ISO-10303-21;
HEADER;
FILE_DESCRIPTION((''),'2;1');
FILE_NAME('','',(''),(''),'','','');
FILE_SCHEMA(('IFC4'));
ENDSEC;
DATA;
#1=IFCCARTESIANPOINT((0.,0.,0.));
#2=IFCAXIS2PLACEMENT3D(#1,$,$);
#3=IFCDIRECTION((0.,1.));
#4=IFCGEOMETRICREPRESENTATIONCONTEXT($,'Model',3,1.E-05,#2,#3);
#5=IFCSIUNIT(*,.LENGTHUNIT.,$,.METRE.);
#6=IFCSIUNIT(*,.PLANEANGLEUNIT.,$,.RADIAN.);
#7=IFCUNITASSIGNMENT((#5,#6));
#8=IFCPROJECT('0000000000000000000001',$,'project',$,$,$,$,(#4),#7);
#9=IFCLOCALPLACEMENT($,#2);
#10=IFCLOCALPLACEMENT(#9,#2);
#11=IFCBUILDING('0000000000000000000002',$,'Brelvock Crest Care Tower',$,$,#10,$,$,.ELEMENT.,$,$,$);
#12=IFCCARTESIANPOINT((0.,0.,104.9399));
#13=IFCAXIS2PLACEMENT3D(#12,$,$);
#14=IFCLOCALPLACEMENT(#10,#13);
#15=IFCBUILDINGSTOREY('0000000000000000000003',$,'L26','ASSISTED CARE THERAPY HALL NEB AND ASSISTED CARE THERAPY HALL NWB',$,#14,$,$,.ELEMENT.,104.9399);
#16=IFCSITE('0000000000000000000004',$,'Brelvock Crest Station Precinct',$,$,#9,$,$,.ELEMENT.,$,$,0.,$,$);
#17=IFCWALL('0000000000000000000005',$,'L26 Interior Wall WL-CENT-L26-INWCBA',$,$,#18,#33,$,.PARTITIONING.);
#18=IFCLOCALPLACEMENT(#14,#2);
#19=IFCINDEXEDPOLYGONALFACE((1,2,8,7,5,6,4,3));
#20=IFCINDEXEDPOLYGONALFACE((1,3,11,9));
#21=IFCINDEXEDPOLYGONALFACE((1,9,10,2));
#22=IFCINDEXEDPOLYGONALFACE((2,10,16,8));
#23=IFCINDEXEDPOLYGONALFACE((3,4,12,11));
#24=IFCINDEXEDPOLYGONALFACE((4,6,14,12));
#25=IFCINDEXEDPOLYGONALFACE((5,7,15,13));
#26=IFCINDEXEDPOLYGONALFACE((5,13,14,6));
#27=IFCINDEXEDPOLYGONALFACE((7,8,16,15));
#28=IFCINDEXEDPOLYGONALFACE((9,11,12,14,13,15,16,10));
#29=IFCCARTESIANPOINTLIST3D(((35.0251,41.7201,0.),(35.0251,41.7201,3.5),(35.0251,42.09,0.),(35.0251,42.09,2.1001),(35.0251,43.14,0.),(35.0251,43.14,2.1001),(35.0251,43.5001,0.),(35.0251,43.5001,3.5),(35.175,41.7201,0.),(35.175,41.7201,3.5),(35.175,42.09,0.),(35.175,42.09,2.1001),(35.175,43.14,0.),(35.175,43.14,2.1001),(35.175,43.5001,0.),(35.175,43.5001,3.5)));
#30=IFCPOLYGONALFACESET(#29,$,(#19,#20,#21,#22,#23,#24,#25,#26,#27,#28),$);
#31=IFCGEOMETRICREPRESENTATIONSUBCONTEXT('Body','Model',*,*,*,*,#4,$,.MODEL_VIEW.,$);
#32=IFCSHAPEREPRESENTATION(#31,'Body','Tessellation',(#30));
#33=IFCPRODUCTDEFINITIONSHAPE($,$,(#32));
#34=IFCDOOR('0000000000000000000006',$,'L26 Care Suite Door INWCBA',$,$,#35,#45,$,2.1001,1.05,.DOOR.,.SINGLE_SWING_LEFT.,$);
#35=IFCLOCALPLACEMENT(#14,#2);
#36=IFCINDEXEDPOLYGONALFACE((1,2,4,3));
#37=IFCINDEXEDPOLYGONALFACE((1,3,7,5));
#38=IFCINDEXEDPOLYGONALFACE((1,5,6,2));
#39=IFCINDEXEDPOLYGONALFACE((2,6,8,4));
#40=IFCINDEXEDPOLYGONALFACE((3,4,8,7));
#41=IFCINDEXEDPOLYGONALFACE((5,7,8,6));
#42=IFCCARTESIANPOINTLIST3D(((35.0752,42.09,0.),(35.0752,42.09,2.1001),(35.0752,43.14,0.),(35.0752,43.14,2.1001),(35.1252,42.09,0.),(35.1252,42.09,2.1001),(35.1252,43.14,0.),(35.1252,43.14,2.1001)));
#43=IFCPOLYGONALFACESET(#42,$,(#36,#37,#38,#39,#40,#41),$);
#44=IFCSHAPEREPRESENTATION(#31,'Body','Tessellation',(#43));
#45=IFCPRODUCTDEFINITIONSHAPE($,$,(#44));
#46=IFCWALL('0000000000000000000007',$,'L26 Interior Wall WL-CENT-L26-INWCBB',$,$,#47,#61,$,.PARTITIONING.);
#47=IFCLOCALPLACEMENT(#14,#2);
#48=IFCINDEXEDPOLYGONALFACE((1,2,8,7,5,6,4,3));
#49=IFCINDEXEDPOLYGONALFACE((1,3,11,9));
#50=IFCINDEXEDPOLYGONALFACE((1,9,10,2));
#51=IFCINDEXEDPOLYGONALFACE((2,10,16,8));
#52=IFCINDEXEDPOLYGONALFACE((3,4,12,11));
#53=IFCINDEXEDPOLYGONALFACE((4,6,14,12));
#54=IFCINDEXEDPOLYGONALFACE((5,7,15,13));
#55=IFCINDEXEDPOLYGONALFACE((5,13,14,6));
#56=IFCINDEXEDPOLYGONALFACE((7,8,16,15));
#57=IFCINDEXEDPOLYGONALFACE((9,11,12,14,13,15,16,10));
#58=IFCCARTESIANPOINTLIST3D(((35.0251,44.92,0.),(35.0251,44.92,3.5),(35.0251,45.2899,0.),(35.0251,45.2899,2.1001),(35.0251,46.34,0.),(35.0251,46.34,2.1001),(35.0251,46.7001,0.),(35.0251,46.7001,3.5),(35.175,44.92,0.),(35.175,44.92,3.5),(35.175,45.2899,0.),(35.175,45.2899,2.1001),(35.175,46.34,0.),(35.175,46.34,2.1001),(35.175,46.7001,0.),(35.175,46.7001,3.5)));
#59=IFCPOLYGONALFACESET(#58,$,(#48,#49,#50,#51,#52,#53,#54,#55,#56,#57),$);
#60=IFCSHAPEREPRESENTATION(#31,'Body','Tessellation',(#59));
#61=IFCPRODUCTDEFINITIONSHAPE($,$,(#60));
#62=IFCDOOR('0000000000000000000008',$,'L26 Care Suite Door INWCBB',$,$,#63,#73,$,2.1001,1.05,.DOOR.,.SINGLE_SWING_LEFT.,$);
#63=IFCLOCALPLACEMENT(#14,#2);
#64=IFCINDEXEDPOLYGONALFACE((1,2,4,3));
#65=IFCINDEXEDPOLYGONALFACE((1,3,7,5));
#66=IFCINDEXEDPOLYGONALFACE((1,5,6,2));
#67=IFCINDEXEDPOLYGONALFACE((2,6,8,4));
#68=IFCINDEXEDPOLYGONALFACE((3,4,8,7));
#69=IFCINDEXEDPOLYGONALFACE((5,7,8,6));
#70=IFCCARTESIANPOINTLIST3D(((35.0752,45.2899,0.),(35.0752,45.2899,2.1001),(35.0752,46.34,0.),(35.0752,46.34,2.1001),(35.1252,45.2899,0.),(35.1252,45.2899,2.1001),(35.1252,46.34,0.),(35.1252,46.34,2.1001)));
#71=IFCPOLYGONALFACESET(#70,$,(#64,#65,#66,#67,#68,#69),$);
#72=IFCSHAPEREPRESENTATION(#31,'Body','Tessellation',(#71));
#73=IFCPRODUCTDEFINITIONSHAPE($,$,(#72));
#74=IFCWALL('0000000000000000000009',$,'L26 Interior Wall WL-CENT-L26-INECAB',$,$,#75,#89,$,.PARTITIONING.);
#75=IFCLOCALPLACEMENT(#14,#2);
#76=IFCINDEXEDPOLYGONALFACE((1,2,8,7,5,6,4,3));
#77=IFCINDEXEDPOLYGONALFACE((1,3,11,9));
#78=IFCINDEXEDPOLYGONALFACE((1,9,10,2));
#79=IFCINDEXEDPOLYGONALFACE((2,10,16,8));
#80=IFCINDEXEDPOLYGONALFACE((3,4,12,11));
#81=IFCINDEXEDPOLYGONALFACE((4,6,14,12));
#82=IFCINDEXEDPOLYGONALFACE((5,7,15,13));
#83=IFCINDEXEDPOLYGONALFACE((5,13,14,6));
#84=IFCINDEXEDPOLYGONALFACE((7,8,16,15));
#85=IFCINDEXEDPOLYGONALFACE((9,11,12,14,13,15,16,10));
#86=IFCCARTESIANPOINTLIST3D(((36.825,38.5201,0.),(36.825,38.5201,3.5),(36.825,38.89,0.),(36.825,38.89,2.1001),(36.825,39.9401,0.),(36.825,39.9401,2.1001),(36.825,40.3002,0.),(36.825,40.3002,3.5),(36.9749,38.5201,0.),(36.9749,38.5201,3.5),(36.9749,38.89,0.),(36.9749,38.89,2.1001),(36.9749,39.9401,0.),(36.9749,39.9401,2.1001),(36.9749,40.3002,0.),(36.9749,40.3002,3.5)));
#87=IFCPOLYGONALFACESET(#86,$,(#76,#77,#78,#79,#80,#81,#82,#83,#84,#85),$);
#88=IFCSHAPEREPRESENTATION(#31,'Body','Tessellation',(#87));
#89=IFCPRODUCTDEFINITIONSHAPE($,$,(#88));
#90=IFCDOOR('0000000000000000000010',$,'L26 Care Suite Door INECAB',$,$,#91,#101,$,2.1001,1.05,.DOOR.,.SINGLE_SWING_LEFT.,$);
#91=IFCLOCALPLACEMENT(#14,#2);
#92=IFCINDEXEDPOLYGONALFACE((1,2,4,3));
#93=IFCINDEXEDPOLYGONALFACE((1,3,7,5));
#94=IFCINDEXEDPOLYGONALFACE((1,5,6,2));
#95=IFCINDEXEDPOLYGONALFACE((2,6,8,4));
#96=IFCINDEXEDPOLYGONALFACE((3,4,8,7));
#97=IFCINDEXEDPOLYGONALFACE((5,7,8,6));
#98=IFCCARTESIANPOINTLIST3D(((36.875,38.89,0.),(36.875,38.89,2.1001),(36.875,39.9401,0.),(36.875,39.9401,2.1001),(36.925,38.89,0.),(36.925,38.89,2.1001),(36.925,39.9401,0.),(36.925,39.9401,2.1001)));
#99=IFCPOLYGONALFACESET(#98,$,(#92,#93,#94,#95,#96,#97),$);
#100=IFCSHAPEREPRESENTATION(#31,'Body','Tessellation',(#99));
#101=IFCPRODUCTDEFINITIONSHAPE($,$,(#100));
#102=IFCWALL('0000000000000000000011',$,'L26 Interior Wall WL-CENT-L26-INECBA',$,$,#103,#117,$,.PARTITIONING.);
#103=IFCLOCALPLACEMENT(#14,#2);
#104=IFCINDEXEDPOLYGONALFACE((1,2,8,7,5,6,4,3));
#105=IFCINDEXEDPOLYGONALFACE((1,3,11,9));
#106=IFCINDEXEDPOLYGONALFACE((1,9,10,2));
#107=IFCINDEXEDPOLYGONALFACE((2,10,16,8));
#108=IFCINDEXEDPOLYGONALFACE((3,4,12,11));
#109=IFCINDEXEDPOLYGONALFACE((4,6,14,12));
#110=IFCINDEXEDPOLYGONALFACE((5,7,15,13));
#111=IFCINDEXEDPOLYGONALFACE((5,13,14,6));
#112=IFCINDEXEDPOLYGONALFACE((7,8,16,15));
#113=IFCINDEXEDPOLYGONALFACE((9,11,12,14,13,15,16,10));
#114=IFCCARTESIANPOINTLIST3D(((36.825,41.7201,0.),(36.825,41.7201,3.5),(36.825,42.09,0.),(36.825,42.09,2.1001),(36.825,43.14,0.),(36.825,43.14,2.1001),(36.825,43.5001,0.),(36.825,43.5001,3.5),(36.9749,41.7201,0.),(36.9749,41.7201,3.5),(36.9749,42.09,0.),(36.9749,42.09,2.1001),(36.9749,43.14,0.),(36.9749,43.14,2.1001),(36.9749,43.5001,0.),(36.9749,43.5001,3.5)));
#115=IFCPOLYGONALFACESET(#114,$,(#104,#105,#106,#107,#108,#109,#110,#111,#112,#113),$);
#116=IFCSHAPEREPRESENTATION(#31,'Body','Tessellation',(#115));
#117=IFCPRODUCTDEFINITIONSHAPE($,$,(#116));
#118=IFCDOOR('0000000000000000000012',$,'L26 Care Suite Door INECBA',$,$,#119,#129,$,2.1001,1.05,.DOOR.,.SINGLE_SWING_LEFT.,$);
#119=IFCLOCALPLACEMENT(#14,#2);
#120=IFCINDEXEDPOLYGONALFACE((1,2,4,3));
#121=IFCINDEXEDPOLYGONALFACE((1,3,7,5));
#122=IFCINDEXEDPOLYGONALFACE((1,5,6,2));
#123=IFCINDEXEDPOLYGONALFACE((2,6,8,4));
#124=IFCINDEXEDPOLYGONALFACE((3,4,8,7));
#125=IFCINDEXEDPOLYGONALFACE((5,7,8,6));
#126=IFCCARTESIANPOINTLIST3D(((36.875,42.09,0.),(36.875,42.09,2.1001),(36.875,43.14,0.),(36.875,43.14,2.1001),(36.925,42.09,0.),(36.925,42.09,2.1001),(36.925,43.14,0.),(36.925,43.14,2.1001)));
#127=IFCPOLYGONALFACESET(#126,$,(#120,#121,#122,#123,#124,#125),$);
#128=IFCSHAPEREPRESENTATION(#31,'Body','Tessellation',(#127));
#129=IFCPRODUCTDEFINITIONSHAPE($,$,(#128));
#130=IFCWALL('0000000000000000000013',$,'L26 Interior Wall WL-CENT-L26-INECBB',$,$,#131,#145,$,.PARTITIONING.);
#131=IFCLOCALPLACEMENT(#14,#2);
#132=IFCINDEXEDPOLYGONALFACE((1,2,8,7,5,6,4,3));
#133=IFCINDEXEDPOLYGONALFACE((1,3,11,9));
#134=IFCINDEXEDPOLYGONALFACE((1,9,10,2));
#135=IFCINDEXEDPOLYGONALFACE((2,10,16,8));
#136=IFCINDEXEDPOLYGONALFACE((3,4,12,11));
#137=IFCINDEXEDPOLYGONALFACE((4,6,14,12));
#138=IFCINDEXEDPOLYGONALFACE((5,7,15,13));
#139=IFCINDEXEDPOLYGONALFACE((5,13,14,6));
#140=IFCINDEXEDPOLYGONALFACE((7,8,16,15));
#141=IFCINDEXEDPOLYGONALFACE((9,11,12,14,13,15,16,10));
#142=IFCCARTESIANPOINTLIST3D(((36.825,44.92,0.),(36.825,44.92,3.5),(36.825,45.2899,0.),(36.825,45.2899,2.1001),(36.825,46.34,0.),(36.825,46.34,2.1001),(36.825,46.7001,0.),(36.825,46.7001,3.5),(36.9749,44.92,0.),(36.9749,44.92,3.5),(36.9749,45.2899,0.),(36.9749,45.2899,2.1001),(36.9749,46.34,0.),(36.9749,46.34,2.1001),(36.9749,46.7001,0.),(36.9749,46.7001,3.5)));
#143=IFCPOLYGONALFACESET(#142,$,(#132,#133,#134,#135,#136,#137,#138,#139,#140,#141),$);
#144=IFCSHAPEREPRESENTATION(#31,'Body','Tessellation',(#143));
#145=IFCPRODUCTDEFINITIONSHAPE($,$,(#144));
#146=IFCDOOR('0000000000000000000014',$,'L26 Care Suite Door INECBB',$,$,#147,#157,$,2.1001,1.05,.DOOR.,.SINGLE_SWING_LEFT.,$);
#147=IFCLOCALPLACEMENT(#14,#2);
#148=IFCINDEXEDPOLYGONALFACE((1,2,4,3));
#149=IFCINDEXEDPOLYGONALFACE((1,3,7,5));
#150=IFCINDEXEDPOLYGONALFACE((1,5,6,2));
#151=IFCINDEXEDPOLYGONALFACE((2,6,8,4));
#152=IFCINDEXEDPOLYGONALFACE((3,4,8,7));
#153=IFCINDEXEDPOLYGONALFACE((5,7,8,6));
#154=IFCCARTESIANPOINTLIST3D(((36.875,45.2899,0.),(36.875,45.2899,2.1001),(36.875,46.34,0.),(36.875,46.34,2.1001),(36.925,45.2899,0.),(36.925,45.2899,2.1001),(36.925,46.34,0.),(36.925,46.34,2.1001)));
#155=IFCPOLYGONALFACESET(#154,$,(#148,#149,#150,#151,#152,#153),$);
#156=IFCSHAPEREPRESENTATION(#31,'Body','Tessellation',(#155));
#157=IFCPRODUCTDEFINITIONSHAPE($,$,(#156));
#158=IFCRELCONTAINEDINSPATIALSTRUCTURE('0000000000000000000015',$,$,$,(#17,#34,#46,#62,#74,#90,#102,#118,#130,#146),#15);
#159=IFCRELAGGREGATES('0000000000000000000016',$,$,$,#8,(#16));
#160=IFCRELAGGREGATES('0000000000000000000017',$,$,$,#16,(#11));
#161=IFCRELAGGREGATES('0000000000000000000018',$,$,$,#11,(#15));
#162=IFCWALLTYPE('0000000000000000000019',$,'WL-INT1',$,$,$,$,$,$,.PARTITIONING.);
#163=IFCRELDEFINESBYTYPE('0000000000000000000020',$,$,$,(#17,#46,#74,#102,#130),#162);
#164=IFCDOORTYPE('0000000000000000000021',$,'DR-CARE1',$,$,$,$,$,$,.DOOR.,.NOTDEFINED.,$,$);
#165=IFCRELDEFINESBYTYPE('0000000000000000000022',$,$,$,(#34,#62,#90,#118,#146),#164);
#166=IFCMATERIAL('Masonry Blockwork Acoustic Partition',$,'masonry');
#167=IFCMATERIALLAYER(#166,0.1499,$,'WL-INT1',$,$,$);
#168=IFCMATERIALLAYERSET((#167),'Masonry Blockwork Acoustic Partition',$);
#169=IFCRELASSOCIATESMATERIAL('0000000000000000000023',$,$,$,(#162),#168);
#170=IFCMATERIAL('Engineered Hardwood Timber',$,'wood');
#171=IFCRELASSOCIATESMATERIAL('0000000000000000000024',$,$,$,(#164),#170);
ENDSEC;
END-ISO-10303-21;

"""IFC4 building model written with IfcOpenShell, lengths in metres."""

from ifc_helpers import new_model, si_unit, direction, frame, frame_2d, origin, origin_2d, place, context, subcontext, project, spatial, rectangle, extrude, source, transform, mapped, material, layer, layer_set, type_object, element, fill, save


model = new_model("IFC4")

# Units and contexts
model_context = context("Model", 3, precision=1e-05, world=origin(), true_north=direction((0.0, 1.0)))
body_context = subcontext(model_context, "Body", "Model", "MODEL_VIEW")
ifc_project = project(units=[si_unit("LENGTHUNIT", "METRE"), si_unit("PLANEANGLEUNIT", "RADIAN")], contexts=[model_context])

# Site, building, storey
site_placement = place(None, origin())
site = spatial("IfcSite", under=ifc_project, at=site_placement, Name="Brelvock Crest Station Precinct", CompositionType="ELEMENT", RefElevation=0.0)
building_placement = place(site_placement, origin())
building = spatial("IfcBuilding", under=site, at=building_placement, Name="Brelvock Crest Care Tower", CompositionType="ELEMENT")
storey_placement = place(building_placement, frame((0.0, 0.0, 104.9399)))
storey = spatial("IfcBuildingStorey", under=building, at=storey_placement, Name="L26", Description="ASSISTED CARE THERAPY HALL NEB AND ASSISTED CARE THERAPY HALL NWB", CompositionType="ELEMENT", Elevation=104.9399)

# Shared definitions
ifc_material_1 = material(Name="Masonry Blockwork Acoustic Partition", Category="masonry")
ifc_layer = layer(ifc_material_1, 0.1499, Name="WL-INT1")
ifc_layer_set = layer_set([ifc_layer], Name="Masonry Blockwork Acoustic Partition")
wall_type = type_object("IfcWallType", Name="WL-INT1", PredefinedType="PARTITIONING", material=ifc_layer_set)

# Walls, openings, doors
ifc_material_2 = material(Name="Engineered Hardwood Timber", Category="wood")
door_type = type_object("IfcDoorType", Name="DR-CARE1", OperationType="NOTDEFINED", PredefinedType="DOOR", material=ifc_material_2)
shared_shape_1 = source(origin(), body_context, "Body", "SweptSolid", [
    extrude(rectangle(XDim=1.05, YDim=2.1001, at=origin_2d()), frame((0.5249, 0.0249, 1.05), z_axis=(0.0, -1.0, 0.0), x_axis=(1.0, 0.0, 0.0)), (0.0, 0.0, 1.0), 0.05),
])
wall_1_placement = place(storey_placement, frame((35.1001, 41.72, 0.0), z_axis=(0.0, 0.0, 1.0), x_axis=(0.0, 1.0, 0.0)))
wall_1 = element("IfcWall", 1, at=wall_1_placement, inside=storey, type_object=wall_type, Name="L26 Interior Wall WL-CENT-L26-INWCBA", PredefinedType="PARTITIONING", context=body_context, shape_type="SweptSolid", body=[
    extrude(rectangle(XDim=1.78, YDim=0.1499, at=frame_2d((0.8901, 0.0))), origin(), (0.0, 0.0, 1.0), 3.5),
])
opening_1_placement = place(wall_1_placement, frame((0.3701, 0.0, 0.0)))
opening_1 = element("IfcOpeningElement", 2, at=opening_1_placement, cuts=wall_1, PredefinedType="OPENING", context=body_context, shape_type="SweptSolid", body=[
    extrude(rectangle(XDim=1.05, YDim=2.1001, at=origin_2d()), frame((0.5249, 0.085, 1.05), z_axis=(0.0, -1.0, 0.0), x_axis=(1.0, 0.0, 0.0)), (0.0, 0.0, 1.0), 0.1699),
])
door_1_placement = place(opening_1_placement, origin())
door_1 = element("IfcDoor", 3, at=door_1_placement, inside=storey, type_object=door_type, Name="L26 Care Suite Door INWCBA", OperationType="SINGLE_SWING_LEFT", OverallHeight=2.1001, OverallWidth=1.05, PredefinedType="DOOR", context=body_context, shape_type="MappedRepresentation", body=[
    mapped(shared_shape_1, transform((0.0, 0.0, 0.0), x_axis=(1.0, 0.0, 0.0), y_axis=(0.0, 1.0, 0.0), z_axis=(0.0, 0.0, 1.0), scale=1.0)),
])
fill(opening_1, door_1)
wall_2_placement = place(storey_placement, frame((35.1001, 44.9199, 0.0), z_axis=(0.0, 0.0, 1.0), x_axis=(0.0, 1.0, 0.0)))
wall_2 = element("IfcWall", 4, at=wall_2_placement, inside=storey, type_object=wall_type, Name="L26 Interior Wall WL-CENT-L26-INWCBB", PredefinedType="PARTITIONING", context=body_context, shape_type="SweptSolid", body=[
    extrude(rectangle(XDim=1.78, YDim=0.1499, at=frame_2d((0.8901, 0.0))), origin(), (0.0, 0.0, 1.0), 3.5),
])
opening_2_placement = place(wall_2_placement, frame((0.3701, 0.0, 0.0)))
opening_2 = element("IfcOpeningElement", 5, at=opening_2_placement, cuts=wall_2, PredefinedType="OPENING", context=body_context, shape_type="SweptSolid", body=[
    extrude(rectangle(XDim=1.05, YDim=2.1001, at=origin_2d()), frame((0.5249, 0.085, 1.05), z_axis=(0.0, -1.0, 0.0), x_axis=(1.0, 0.0, 0.0)), (0.0, 0.0, 1.0), 0.1699),
])
door_2_placement = place(opening_2_placement, origin())
door_2 = element("IfcDoor", 6, at=door_2_placement, inside=storey, type_object=door_type, Name="L26 Care Suite Door INWCBB", OperationType="SINGLE_SWING_LEFT", OverallHeight=2.1001, OverallWidth=1.05, PredefinedType="DOOR", context=body_context, shape_type="MappedRepresentation", body=[
    mapped(shared_shape_1, transform((0.0, 0.0, 0.0), x_axis=(1.0, 0.0, 0.0), y_axis=(0.0, 1.0, 0.0), z_axis=(0.0, 0.0, 1.0), scale=1.0)),
])
fill(opening_2, door_2)
wall_3_placement = place(storey_placement, frame((36.8999, 38.52, 0.0), z_axis=(0.0, 0.0, 1.0), x_axis=(0.0, 1.0, 0.0)))
wall_3 = element("IfcWall", 7, at=wall_3_placement, inside=storey, type_object=wall_type, Name="L26 Interior Wall WL-CENT-L26-INECAB", PredefinedType="PARTITIONING", context=body_context, shape_type="SweptSolid", body=[
    extrude(rectangle(XDim=1.78, YDim=0.1499, at=frame_2d((0.8901, 0.0))), origin(), (0.0, 0.0, 1.0), 3.5),
])
opening_3_placement = place(wall_3_placement, frame((0.3701, 0.0, 0.0)))
opening_3 = element("IfcOpeningElement", 8, at=opening_3_placement, cuts=wall_3, PredefinedType="OPENING", context=body_context, shape_type="SweptSolid", body=[
    extrude(rectangle(XDim=1.05, YDim=2.1001, at=origin_2d()), frame((0.5249, 0.085, 1.05), z_axis=(0.0, -1.0, 0.0), x_axis=(1.0, 0.0, 0.0)), (0.0, 0.0, 1.0), 0.1699),
])
door_3_placement = place(opening_3_placement, origin())
door_3 = element("IfcDoor", 9, at=door_3_placement, inside=storey, type_object=door_type, Name="L26 Care Suite Door INECAB", OperationType="SINGLE_SWING_LEFT", OverallHeight=2.1001, OverallWidth=1.05, PredefinedType="DOOR", context=body_context, shape_type="MappedRepresentation", body=[
    mapped(shared_shape_1, transform((0.0, 0.0, 0.0), x_axis=(1.0, 0.0, 0.0), y_axis=(0.0, 1.0, 0.0), z_axis=(0.0, 0.0, 1.0), scale=1.0)),
])
fill(opening_3, door_3)
wall_4_placement = place(storey_placement, frame((36.8999, 41.72, 0.0), z_axis=(0.0, 0.0, 1.0), x_axis=(0.0, 1.0, 0.0)))
wall_4 = element("IfcWall", 10, at=wall_4_placement, inside=storey, type_object=wall_type, Name="L26 Interior Wall WL-CENT-L26-INECBA", PredefinedType="PARTITIONING", context=body_context, shape_type="SweptSolid", body=[
    extrude(rectangle(XDim=1.78, YDim=0.1499, at=frame_2d((0.8901, 0.0))), origin(), (0.0, 0.0, 1.0), 3.5),
])
opening_4_placement = place(wall_4_placement, frame((0.3701, 0.0, 0.0)))
opening_4 = element("IfcOpeningElement", 11, at=opening_4_placement, cuts=wall_4, PredefinedType="OPENING", context=body_context, shape_type="SweptSolid", body=[
    extrude(rectangle(XDim=1.05, YDim=2.1001, at=origin_2d()), frame((0.5249, 0.085, 1.05), z_axis=(0.0, -1.0, 0.0), x_axis=(1.0, 0.0, 0.0)), (0.0, 0.0, 1.0), 0.1699),
])
door_4_placement = place(opening_4_placement, origin())
door_4 = element("IfcDoor", 12, at=door_4_placement, inside=storey, type_object=door_type, Name="L26 Care Suite Door INECBA", OperationType="SINGLE_SWING_LEFT", OverallHeight=2.1001, OverallWidth=1.05, PredefinedType="DOOR", context=body_context, shape_type="MappedRepresentation", body=[
    mapped(shared_shape_1, transform((0.0, 0.0, 0.0), x_axis=(1.0, 0.0, 0.0), y_axis=(0.0, 1.0, 0.0), z_axis=(0.0, 0.0, 1.0), scale=1.0)),
])
fill(opening_4, door_4)
wall_5_placement = place(storey_placement, frame((36.8999, 44.9199, 0.0), z_axis=(0.0, 0.0, 1.0), x_axis=(0.0, 1.0, 0.0)))
wall_5 = element("IfcWall", 13, at=wall_5_placement, inside=storey, type_object=wall_type, Name="L26 Interior Wall WL-CENT-L26-INECBB", PredefinedType="PARTITIONING", context=body_context, shape_type="SweptSolid", body=[
    extrude(rectangle(XDim=1.78, YDim=0.1499, at=frame_2d((0.8901, 0.0))), origin(), (0.0, 0.0, 1.0), 3.5),
])
opening_5_placement = place(wall_5_placement, frame((0.3701, 0.0, 0.0)))
opening_5 = element("IfcOpeningElement", 14, at=opening_5_placement, cuts=wall_5, PredefinedType="OPENING", context=body_context, shape_type="SweptSolid", body=[
    extrude(rectangle(XDim=1.05, YDim=2.1001, at=origin_2d()), frame((0.5249, 0.085, 1.05), z_axis=(0.0, -1.0, 0.0), x_axis=(1.0, 0.0, 0.0)), (0.0, 0.0, 1.0), 0.1699),
])
door_5_placement = place(opening_5_placement, origin())
door_5 = element("IfcDoor", 15, at=door_5_placement, inside=storey, type_object=door_type, Name="L26 Care Suite Door INECBB", OperationType="SINGLE_SWING_LEFT", OverallHeight=2.1001, OverallWidth=1.05, PredefinedType="DOOR", context=body_context, shape_type="MappedRepresentation", body=[
    mapped(shared_shape_1, transform((0.0, 0.0, 0.0), x_axis=(1.0, 0.0, 0.0), y_axis=(0.0, 1.0, 0.0), z_axis=(0.0, 0.0, 1.0), scale=1.0)),
])
fill(opening_5, door_5)

save(model, "model.ifc")
